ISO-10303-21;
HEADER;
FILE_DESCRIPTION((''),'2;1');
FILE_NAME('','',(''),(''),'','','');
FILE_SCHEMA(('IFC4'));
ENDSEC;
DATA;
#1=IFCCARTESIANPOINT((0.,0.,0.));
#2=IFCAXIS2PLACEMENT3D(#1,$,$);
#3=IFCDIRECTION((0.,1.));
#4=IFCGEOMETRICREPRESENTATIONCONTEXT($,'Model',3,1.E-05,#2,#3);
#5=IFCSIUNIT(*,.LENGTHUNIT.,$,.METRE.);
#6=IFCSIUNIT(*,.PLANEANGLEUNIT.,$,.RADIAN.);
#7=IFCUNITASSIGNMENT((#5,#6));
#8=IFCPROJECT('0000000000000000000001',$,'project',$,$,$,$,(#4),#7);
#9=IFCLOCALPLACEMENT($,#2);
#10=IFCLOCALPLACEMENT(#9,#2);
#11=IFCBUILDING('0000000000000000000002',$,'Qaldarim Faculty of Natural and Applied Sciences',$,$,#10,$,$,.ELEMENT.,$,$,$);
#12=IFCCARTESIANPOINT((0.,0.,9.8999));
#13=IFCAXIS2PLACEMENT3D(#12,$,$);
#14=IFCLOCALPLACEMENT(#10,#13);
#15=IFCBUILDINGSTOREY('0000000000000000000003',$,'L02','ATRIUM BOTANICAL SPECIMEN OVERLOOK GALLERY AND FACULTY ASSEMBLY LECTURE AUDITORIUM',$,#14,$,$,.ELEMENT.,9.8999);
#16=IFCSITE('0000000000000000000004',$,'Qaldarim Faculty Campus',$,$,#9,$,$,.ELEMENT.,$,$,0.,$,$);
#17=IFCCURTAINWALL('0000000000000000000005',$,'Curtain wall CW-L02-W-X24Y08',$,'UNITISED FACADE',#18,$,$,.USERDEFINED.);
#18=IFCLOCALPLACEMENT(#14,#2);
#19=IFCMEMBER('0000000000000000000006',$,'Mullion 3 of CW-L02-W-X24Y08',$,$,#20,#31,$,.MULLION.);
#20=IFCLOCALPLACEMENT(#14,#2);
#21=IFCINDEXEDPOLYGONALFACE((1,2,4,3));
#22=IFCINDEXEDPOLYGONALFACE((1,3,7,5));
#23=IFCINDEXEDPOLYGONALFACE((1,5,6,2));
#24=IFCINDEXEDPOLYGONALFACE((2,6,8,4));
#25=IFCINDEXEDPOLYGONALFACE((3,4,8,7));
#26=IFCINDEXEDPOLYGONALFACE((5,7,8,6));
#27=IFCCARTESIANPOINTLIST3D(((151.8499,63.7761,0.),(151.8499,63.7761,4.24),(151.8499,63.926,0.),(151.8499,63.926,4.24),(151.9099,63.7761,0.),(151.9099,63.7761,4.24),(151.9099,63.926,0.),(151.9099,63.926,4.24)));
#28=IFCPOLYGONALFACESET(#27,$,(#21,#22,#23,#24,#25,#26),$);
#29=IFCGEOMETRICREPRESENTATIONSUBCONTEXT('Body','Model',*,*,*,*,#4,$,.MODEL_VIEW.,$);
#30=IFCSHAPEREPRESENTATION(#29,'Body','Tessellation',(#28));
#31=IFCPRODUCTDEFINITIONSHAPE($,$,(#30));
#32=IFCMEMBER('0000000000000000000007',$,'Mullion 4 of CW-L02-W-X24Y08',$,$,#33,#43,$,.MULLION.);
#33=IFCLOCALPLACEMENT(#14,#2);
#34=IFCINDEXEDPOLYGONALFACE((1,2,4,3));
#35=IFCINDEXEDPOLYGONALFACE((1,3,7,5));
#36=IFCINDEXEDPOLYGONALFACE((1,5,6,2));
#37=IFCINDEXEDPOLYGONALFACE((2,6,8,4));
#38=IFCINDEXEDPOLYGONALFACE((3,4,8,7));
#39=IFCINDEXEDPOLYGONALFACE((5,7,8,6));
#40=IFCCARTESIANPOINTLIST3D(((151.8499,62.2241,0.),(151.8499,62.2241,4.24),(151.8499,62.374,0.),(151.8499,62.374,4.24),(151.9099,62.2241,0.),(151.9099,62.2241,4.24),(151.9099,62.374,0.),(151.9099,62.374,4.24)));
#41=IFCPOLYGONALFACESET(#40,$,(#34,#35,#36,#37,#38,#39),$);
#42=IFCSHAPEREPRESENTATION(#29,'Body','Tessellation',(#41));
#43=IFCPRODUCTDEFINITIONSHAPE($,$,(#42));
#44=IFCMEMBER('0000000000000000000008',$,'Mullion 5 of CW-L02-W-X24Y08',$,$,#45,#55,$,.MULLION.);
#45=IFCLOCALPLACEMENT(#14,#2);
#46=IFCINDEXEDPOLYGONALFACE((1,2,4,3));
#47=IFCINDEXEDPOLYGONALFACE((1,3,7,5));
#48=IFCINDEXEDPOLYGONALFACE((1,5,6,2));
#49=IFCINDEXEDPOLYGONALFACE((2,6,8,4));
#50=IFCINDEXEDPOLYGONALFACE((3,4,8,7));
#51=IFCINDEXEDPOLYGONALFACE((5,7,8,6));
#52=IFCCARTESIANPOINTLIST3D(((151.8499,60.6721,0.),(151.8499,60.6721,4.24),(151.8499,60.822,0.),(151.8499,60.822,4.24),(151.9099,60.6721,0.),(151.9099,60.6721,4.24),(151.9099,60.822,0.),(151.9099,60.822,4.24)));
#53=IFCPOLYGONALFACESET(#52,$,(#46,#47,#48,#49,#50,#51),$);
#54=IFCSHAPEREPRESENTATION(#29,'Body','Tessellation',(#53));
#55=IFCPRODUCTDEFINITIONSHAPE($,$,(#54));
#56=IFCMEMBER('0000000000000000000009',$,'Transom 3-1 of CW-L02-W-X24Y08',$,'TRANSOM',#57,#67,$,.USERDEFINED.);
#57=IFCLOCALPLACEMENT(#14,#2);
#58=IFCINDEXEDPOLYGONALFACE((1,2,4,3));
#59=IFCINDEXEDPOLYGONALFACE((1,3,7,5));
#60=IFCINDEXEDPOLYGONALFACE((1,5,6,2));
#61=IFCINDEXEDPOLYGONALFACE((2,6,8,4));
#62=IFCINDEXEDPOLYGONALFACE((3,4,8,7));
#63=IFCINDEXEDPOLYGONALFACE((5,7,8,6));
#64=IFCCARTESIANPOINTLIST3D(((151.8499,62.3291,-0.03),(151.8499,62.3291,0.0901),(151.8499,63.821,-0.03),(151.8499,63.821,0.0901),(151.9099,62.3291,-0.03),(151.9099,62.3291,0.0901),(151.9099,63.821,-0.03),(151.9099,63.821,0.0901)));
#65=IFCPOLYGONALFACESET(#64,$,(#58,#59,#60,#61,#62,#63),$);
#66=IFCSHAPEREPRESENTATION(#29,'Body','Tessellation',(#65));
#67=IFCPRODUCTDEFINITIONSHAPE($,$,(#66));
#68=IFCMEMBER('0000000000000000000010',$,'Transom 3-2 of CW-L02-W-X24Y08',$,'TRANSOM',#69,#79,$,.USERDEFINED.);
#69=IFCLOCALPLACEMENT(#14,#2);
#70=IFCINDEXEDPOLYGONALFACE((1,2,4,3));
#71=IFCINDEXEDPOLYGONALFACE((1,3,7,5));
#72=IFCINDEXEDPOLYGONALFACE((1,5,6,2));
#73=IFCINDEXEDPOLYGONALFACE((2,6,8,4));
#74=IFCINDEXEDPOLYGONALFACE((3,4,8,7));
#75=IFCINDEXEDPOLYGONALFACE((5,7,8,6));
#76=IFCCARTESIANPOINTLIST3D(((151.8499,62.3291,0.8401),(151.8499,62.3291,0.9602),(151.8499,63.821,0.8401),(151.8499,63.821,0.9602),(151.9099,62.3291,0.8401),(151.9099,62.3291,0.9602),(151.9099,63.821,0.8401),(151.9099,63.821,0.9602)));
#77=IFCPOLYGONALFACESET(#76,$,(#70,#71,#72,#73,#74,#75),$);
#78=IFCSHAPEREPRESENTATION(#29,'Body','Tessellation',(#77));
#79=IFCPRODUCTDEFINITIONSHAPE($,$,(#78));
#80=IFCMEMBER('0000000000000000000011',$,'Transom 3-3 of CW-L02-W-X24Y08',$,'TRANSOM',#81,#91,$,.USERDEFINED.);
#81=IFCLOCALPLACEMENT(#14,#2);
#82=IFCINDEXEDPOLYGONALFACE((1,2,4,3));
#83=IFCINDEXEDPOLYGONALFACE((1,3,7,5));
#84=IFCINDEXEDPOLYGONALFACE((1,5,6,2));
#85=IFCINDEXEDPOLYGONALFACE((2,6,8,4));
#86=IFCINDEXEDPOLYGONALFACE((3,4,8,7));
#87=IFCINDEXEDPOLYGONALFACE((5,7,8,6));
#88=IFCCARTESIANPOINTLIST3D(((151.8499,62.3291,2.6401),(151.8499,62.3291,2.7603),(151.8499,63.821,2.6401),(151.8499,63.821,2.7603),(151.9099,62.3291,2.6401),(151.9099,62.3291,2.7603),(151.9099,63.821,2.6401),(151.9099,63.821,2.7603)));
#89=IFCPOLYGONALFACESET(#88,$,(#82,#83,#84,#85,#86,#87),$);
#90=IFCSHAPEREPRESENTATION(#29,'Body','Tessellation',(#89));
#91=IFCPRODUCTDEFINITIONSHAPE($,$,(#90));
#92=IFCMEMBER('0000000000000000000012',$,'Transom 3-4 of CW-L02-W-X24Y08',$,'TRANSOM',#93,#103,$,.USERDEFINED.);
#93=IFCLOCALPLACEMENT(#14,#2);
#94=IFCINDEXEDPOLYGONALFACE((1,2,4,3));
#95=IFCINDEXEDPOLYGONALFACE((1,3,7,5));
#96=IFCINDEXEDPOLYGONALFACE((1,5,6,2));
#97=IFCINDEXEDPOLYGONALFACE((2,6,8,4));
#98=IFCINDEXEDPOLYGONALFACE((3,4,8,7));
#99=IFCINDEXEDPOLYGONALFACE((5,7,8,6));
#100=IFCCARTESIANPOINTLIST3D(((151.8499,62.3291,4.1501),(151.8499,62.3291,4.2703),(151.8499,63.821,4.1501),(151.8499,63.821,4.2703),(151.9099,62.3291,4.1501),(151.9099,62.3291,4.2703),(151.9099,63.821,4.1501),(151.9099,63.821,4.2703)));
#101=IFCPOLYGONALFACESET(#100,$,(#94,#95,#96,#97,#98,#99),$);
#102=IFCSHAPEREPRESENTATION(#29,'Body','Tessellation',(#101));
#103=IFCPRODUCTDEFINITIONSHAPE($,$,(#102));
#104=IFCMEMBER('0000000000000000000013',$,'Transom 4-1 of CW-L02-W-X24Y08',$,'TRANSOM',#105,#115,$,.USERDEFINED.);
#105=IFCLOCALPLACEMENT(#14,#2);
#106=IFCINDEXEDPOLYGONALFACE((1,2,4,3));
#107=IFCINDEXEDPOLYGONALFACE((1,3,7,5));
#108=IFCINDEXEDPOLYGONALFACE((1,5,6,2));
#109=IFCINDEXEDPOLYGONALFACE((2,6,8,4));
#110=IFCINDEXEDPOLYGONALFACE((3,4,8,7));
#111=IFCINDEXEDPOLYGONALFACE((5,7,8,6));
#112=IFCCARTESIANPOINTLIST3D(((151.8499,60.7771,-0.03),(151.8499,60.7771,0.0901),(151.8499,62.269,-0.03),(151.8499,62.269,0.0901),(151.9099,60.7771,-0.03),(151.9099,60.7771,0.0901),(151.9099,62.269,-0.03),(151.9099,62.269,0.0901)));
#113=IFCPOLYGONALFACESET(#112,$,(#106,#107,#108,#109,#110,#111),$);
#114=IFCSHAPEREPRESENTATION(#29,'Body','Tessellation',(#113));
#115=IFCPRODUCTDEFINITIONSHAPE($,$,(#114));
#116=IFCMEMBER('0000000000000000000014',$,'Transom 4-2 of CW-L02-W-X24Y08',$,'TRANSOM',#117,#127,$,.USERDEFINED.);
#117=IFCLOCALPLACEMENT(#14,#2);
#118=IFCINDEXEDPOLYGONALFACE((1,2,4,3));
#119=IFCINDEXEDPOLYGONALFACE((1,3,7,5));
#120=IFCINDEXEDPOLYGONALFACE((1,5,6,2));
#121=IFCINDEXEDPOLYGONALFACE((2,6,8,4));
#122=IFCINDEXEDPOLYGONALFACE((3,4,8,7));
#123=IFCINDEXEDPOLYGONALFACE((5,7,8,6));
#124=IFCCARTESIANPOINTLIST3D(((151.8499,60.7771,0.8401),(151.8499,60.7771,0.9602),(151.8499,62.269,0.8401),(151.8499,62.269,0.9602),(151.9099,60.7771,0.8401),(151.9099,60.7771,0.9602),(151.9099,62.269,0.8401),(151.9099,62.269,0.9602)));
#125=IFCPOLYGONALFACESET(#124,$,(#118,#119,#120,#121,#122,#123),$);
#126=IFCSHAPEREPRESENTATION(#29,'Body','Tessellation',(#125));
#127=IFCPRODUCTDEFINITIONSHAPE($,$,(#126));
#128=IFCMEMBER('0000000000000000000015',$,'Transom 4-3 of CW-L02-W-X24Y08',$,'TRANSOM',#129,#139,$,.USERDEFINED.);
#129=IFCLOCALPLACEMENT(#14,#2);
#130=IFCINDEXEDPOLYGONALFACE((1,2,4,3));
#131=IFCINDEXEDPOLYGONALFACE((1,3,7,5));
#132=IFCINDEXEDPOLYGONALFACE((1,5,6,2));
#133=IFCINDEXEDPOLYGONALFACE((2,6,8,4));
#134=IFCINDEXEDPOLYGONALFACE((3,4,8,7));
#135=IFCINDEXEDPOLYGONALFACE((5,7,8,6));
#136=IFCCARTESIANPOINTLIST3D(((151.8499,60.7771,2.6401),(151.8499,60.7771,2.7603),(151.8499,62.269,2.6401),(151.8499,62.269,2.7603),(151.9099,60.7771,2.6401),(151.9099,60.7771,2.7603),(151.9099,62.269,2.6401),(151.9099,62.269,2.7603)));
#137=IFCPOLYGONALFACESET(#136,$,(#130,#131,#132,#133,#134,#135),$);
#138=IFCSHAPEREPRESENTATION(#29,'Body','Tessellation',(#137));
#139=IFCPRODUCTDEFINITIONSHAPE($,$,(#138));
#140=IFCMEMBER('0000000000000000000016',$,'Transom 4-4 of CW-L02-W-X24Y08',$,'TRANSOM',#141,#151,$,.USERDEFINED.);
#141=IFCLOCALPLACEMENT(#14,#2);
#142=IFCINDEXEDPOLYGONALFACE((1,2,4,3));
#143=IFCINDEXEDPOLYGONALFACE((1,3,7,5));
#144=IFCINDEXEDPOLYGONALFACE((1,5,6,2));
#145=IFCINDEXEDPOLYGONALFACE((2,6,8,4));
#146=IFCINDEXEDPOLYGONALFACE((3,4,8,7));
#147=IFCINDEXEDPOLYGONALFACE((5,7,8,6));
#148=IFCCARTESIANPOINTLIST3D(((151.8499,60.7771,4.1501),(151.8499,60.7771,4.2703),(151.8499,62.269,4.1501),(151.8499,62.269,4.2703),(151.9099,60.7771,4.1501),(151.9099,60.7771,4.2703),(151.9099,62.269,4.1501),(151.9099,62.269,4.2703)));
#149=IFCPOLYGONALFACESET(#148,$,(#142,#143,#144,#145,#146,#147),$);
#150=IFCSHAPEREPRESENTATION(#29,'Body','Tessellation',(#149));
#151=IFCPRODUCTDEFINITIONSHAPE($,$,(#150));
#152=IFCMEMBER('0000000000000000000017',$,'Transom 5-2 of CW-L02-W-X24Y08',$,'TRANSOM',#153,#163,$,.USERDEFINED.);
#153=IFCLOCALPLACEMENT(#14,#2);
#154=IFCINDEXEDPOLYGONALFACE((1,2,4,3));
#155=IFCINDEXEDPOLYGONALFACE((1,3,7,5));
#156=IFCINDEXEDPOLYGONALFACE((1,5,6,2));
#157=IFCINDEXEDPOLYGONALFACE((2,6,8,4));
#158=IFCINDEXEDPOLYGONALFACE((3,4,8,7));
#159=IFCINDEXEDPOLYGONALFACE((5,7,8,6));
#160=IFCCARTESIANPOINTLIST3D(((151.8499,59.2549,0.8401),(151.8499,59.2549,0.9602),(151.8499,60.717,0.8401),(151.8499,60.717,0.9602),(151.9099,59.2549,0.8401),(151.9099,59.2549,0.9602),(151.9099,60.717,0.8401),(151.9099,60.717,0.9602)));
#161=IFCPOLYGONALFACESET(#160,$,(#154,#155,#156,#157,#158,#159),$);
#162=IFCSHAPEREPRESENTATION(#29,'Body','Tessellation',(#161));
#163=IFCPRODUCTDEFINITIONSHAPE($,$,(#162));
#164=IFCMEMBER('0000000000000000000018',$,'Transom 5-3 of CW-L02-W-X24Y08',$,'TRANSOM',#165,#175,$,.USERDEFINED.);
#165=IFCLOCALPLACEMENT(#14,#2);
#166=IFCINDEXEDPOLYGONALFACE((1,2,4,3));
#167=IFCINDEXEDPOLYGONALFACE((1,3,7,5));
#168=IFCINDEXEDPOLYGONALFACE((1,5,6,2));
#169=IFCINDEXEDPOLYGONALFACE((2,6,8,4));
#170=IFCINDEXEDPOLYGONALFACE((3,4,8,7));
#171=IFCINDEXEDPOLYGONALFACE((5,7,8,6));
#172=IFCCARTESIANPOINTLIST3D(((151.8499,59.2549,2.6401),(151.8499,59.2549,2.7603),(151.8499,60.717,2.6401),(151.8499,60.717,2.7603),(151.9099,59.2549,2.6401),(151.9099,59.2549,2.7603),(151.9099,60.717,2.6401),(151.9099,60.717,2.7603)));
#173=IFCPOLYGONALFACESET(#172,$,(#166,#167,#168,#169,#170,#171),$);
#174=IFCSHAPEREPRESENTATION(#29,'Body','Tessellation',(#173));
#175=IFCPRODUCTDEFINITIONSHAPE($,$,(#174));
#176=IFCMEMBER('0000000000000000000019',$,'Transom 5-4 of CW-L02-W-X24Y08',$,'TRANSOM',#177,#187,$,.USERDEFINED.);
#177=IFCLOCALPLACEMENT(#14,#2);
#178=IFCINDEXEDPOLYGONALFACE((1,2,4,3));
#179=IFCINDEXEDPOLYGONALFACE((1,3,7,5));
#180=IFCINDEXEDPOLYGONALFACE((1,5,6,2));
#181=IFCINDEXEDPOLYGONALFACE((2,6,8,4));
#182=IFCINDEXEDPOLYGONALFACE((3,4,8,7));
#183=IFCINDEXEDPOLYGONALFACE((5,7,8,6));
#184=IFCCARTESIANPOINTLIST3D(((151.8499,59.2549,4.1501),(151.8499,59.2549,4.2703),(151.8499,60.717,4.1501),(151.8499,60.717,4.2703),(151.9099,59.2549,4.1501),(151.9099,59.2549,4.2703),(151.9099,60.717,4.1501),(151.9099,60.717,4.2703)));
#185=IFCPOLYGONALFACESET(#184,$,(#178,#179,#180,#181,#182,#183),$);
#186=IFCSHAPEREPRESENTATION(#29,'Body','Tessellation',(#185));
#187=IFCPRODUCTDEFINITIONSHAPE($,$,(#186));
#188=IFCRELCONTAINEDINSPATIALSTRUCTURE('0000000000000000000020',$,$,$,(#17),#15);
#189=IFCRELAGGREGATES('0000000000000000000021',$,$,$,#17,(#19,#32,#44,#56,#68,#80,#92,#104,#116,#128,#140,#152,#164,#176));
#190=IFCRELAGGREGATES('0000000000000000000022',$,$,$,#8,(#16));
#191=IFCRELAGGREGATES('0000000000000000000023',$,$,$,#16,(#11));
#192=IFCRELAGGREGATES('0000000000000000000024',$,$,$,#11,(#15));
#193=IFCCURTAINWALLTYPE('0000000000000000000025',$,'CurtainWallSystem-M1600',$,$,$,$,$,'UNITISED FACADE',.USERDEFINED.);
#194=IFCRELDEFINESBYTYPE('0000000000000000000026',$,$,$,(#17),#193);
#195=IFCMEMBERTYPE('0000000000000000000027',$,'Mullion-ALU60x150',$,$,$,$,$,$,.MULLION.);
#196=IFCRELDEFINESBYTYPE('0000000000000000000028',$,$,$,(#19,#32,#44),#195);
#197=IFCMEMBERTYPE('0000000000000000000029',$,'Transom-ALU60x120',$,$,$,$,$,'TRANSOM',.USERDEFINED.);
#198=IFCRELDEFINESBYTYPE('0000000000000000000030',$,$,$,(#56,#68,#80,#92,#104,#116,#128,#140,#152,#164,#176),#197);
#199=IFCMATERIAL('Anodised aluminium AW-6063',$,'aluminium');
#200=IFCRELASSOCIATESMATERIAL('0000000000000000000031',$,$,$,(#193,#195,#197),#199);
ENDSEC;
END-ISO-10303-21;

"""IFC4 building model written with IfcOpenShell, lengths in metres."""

from ifc_helpers import new_model, si_unit, direction, frame, origin, origin_2d, place, context, subcontext, project, spatial, rectangle, extrude, material, material_profile, profile_set, type_object, element, aggregate, save


model = new_model("IFC4")

# Units and contexts
model_context = context("Model", 3, precision=1e-05, world=origin(), true_north=direction((0.0, 1.0)))
body_context = subcontext(model_context, "Body", "Model", "MODEL_VIEW")
ifc_project = project(units=[si_unit("LENGTHUNIT", "METRE"), si_unit("PLANEANGLEUNIT", "RADIAN")], contexts=[model_context])

# Site, building, storey
site_placement = place(None, origin())
site = spatial("IfcSite", under=ifc_project, at=site_placement, Name="Qaldarim Faculty Campus", CompositionType="ELEMENT", RefElevation=0.0)
building_placement = place(site_placement, origin())
building = spatial("IfcBuilding", under=site, at=building_placement, Name="Qaldarim Faculty of Natural and Applied Sciences", CompositionType="ELEMENT")
storey_placement = place(building_placement, frame((0.0, 0.0, 9.8999)))
storey = spatial("IfcBuildingStorey", under=building, at=storey_placement, Name="L02", Description="ATRIUM BOTANICAL SPECIMEN OVERLOOK GALLERY AND FACULTY ASSEMBLY LECTURE AUDITORIUM", CompositionType="ELEMENT", Elevation=9.8999)

# Curtain wall, members
ifc_material_1 = material(Name="Anodised aluminium AW-6063", Category="aluminium")
curtain_wall_type = type_object("IfcCurtainWallType", Name="CurtainWallSystem-M1600", ElementType="UNITISED FACADE", PredefinedType="USERDEFINED", material=ifc_material_1)
curtain_wall_placement = place(storey_placement, origin())
curtain_wall = element("IfcCurtainWall", 1, at=curtain_wall_placement, inside=storey, type_object=curtain_wall_type, Name="Curtain wall CW-L02-W-X24Y08", ObjectType="UNITISED FACADE", PredefinedType="USERDEFINED")
ifc_material_profile_1 = material_profile(ifc_material_1, rectangle(XDim=0.0601, YDim=0.1499, at=origin_2d()), Name="ALU-M60x150")
ifc_profile_set_1 = profile_set([ifc_material_profile_1], Name="Anodised aluminium AW-6063")
member_type_1 = type_object("IfcMemberType", Name="Mullion-ALU60x150", PredefinedType="MULLION", material=ifc_profile_set_1)
member_1_placement = place(storey_placement, frame((151.8799, 63.8511, 0.0), z_axis=(0.0, 0.0, 1.0), x_axis=(1.0, 0.0, 0.0)))
member_1 = element("IfcMember", 2, at=member_1_placement, type_object=member_type_1, Name="Mullion 3 of CW-L02-W-X24Y08", PredefinedType="MULLION", context=body_context, shape_type="SweptSolid", body=[
    extrude(rectangle(XDim=0.0601, YDim=0.1499, at=origin_2d()), origin(), (0.0, 0.0, 1.0), 4.24),
])
member_2_placement = place(storey_placement, frame((151.8799, 62.2991, 0.0), z_axis=(0.0, 0.0, 1.0), x_axis=(1.0, 0.0, 0.0)))
member_2 = element("IfcMember", 3, at=member_2_placement, type_object=member_type_1, Name="Mullion 4 of CW-L02-W-X24Y08", PredefinedType="MULLION", context=body_context, shape_type="SweptSolid", body=[
    extrude(rectangle(XDim=0.0601, YDim=0.1499, at=origin_2d()), origin(), (0.0, 0.0, 1.0), 4.24),
])
member_3_placement = place(storey_placement, frame((151.8799, 60.7471, 0.0), z_axis=(0.0, 0.0, 1.0), x_axis=(1.0, 0.0, 0.0)))
member_3 = element("IfcMember", 4, at=member_3_placement, type_object=member_type_1, Name="Mullion 5 of CW-L02-W-X24Y08", PredefinedType="MULLION", context=body_context, shape_type="SweptSolid", body=[
    extrude(rectangle(XDim=0.0601, YDim=0.1499, at=origin_2d()), origin(), (0.0, 0.0, 1.0), 4.24),
])
ifc_material_profile_2 = material_profile(ifc_material_1, rectangle(XDim=0.0601, YDim=0.1201, at=origin_2d()), Name="ALU-T60x120")
ifc_profile_set_2 = profile_set([ifc_material_profile_2], Name="Anodised aluminium AW-6063")
member_type_2 = type_object("IfcMemberType", Name="Transom-ALU60x120", ElementType="TRANSOM", PredefinedType="USERDEFINED", material=ifc_profile_set_2)
member_4_placement = place(storey_placement, frame((151.8799, 63.821, 0.03), z_axis=(0.0, -1.0, 0.0), x_axis=(1.0, 0.0, 0.0)))
member_4 = element("IfcMember", 5, at=member_4_placement, type_object=member_type_2, Name="Transom 3-1 of CW-L02-W-X24Y08", ObjectType="TRANSOM", PredefinedType="USERDEFINED", context=body_context, shape_type="SweptSolid", body=[
    extrude(rectangle(XDim=0.0601, YDim=0.1201, at=origin_2d()), origin(), (0.0, 0.0, 1.0), 1.4919),
])
member_5_placement = place(storey_placement, frame((151.8799, 63.821, 0.9001), z_axis=(0.0, -1.0, 0.0), x_axis=(1.0, 0.0, 0.0)))
member_5 = element("IfcMember", 6, at=member_5_placement, type_object=member_type_2, Name="Transom 3-2 of CW-L02-W-X24Y08", ObjectType="TRANSOM", PredefinedType="USERDEFINED", context=body_context, shape_type="SweptSolid", body=[
    extrude(rectangle(XDim=0.0601, YDim=0.1201, at=origin_2d()), origin(), (0.0, 0.0, 1.0), 1.4919),
])
member_6_placement = place(storey_placement, frame((151.8799, 63.821, 2.7002), z_axis=(0.0, -1.0, 0.0), x_axis=(1.0, 0.0, 0.0)))
member_6 = element("IfcMember", 7, at=member_6_placement, type_object=member_type_2, Name="Transom 3-3 of CW-L02-W-X24Y08", ObjectType="TRANSOM", PredefinedType="USERDEFINED", context=body_context, shape_type="SweptSolid", body=[
    extrude(rectangle(XDim=0.0601, YDim=0.1201, at=origin_2d()), origin(), (0.0, 0.0, 1.0), 1.4919),
])
member_7_placement = place(storey_placement, frame((151.8799, 63.821, 4.2102), z_axis=(0.0, -1.0, 0.0), x_axis=(1.0, 0.0, 0.0)))
member_7 = element("IfcMember", 8, at=member_7_placement, type_object=member_type_2, Name="Transom 3-4 of CW-L02-W-X24Y08", ObjectType="TRANSOM", PredefinedType="USERDEFINED", context=body_context, shape_type="SweptSolid", body=[
    extrude(rectangle(XDim=0.0601, YDim=0.1201, at=origin_2d()), origin(), (0.0, 0.0, 1.0), 1.4919),
])
member_8_placement = place(storey_placement, frame((151.8799, 62.269, 0.03), z_axis=(0.0, -1.0, 0.0), x_axis=(1.0, 0.0, 0.0)))
member_8 = element("IfcMember", 9, at=member_8_placement, type_object=member_type_2, Name="Transom 4-1 of CW-L02-W-X24Y08", ObjectType="TRANSOM", PredefinedType="USERDEFINED", context=body_context, shape_type="SweptSolid", body=[
    extrude(rectangle(XDim=0.0601, YDim=0.1201, at=origin_2d()), origin(), (0.0, 0.0, 1.0), 1.4919),
])
member_9_placement = place(storey_placement, frame((151.8799, 62.269, 0.9001), z_axis=(0.0, -1.0, 0.0), x_axis=(1.0, 0.0, 0.0)))
member_9 = element("IfcMember", 10, at=member_9_placement, type_object=member_type_2, Name="Transom 4-2 of CW-L02-W-X24Y08", ObjectType="TRANSOM", PredefinedType="USERDEFINED", context=body_context, shape_type="SweptSolid", body=[
    extrude(rectangle(XDim=0.0601, YDim=0.1201, at=origin_2d()), origin(), (0.0, 0.0, 1.0), 1.4919),
])
member_10_placement = place(storey_placement, frame((151.8799, 62.269, 2.7002), z_axis=(0.0, -1.0, 0.0), x_axis=(1.0, 0.0, 0.0)))
member_10 = element("IfcMember", 11, at=member_10_placement, type_object=member_type_2, Name="Transom 4-3 of CW-L02-W-X24Y08", ObjectType="TRANSOM", PredefinedType="USERDEFINED", context=body_context, shape_type="SweptSolid", body=[
    extrude(rectangle(XDim=0.0601, YDim=0.1201, at=origin_2d()), origin(), (0.0, 0.0, 1.0), 1.4919),
])
member_11_placement = place(storey_placement, frame((151.8799, 62.269, 4.2102), z_axis=(0.0, -1.0, 0.0), x_axis=(1.0, 0.0, 0.0)))
member_11 = element("IfcMember", 12, at=member_11_placement, type_object=member_type_2, Name="Transom 4-4 of CW-L02-W-X24Y08", ObjectType="TRANSOM", PredefinedType="USERDEFINED", context=body_context, shape_type="SweptSolid", body=[
    extrude(rectangle(XDim=0.0601, YDim=0.1201, at=origin_2d()), origin(), (0.0, 0.0, 1.0), 1.4919),
])
member_12_placement = place(storey_placement, frame((151.8799, 60.717, 0.9001), z_axis=(0.0, -1.0, 0.0), x_axis=(1.0, 0.0, 0.0)))
member_12 = element("IfcMember", 13, at=member_12_placement, type_object=member_type_2, Name="Transom 5-2 of CW-L02-W-X24Y08", ObjectType="TRANSOM", PredefinedType="USERDEFINED", context=body_context, shape_type="SweptSolid", body=[
    extrude(rectangle(XDim=0.0601, YDim=0.1201, at=origin_2d()), origin(), (0.0, 0.0, 1.0), 1.4622),
])
member_13_placement = place(storey_placement, frame((151.8799, 60.717, 2.7002), z_axis=(0.0, -1.0, 0.0), x_axis=(1.0, 0.0, 0.0)))
member_13 = element("IfcMember", 14, at=member_13_placement, type_object=member_type_2, Name="Transom 5-3 of CW-L02-W-X24Y08", ObjectType="TRANSOM", PredefinedType="USERDEFINED", context=body_context, shape_type="SweptSolid", body=[
    extrude(rectangle(XDim=0.0601, YDim=0.1201, at=origin_2d()), origin(), (0.0, 0.0, 1.0), 1.4622),
])
member_14_placement = place(storey_placement, frame((151.8799, 60.717, 4.2102), z_axis=(0.0, -1.0, 0.0), x_axis=(1.0, 0.0, 0.0)))
member_14 = element("IfcMember", 15, at=member_14_placement, type_object=member_type_2, Name="Transom 5-4 of CW-L02-W-X24Y08", ObjectType="TRANSOM", PredefinedType="USERDEFINED", context=body_context, shape_type="SweptSolid", body=[
    extrude(rectangle(XDim=0.0601, YDim=0.1201, at=origin_2d()), origin(), (0.0, 0.0, 1.0), 1.4622),
])
aggregate(curtain_wall, [member_1, member_2, member_3, member_4, member_5, member_6, member_7, member_8, member_9, member_10, member_11, member_12, member_13, member_14])

save(model, "model.ifc")
